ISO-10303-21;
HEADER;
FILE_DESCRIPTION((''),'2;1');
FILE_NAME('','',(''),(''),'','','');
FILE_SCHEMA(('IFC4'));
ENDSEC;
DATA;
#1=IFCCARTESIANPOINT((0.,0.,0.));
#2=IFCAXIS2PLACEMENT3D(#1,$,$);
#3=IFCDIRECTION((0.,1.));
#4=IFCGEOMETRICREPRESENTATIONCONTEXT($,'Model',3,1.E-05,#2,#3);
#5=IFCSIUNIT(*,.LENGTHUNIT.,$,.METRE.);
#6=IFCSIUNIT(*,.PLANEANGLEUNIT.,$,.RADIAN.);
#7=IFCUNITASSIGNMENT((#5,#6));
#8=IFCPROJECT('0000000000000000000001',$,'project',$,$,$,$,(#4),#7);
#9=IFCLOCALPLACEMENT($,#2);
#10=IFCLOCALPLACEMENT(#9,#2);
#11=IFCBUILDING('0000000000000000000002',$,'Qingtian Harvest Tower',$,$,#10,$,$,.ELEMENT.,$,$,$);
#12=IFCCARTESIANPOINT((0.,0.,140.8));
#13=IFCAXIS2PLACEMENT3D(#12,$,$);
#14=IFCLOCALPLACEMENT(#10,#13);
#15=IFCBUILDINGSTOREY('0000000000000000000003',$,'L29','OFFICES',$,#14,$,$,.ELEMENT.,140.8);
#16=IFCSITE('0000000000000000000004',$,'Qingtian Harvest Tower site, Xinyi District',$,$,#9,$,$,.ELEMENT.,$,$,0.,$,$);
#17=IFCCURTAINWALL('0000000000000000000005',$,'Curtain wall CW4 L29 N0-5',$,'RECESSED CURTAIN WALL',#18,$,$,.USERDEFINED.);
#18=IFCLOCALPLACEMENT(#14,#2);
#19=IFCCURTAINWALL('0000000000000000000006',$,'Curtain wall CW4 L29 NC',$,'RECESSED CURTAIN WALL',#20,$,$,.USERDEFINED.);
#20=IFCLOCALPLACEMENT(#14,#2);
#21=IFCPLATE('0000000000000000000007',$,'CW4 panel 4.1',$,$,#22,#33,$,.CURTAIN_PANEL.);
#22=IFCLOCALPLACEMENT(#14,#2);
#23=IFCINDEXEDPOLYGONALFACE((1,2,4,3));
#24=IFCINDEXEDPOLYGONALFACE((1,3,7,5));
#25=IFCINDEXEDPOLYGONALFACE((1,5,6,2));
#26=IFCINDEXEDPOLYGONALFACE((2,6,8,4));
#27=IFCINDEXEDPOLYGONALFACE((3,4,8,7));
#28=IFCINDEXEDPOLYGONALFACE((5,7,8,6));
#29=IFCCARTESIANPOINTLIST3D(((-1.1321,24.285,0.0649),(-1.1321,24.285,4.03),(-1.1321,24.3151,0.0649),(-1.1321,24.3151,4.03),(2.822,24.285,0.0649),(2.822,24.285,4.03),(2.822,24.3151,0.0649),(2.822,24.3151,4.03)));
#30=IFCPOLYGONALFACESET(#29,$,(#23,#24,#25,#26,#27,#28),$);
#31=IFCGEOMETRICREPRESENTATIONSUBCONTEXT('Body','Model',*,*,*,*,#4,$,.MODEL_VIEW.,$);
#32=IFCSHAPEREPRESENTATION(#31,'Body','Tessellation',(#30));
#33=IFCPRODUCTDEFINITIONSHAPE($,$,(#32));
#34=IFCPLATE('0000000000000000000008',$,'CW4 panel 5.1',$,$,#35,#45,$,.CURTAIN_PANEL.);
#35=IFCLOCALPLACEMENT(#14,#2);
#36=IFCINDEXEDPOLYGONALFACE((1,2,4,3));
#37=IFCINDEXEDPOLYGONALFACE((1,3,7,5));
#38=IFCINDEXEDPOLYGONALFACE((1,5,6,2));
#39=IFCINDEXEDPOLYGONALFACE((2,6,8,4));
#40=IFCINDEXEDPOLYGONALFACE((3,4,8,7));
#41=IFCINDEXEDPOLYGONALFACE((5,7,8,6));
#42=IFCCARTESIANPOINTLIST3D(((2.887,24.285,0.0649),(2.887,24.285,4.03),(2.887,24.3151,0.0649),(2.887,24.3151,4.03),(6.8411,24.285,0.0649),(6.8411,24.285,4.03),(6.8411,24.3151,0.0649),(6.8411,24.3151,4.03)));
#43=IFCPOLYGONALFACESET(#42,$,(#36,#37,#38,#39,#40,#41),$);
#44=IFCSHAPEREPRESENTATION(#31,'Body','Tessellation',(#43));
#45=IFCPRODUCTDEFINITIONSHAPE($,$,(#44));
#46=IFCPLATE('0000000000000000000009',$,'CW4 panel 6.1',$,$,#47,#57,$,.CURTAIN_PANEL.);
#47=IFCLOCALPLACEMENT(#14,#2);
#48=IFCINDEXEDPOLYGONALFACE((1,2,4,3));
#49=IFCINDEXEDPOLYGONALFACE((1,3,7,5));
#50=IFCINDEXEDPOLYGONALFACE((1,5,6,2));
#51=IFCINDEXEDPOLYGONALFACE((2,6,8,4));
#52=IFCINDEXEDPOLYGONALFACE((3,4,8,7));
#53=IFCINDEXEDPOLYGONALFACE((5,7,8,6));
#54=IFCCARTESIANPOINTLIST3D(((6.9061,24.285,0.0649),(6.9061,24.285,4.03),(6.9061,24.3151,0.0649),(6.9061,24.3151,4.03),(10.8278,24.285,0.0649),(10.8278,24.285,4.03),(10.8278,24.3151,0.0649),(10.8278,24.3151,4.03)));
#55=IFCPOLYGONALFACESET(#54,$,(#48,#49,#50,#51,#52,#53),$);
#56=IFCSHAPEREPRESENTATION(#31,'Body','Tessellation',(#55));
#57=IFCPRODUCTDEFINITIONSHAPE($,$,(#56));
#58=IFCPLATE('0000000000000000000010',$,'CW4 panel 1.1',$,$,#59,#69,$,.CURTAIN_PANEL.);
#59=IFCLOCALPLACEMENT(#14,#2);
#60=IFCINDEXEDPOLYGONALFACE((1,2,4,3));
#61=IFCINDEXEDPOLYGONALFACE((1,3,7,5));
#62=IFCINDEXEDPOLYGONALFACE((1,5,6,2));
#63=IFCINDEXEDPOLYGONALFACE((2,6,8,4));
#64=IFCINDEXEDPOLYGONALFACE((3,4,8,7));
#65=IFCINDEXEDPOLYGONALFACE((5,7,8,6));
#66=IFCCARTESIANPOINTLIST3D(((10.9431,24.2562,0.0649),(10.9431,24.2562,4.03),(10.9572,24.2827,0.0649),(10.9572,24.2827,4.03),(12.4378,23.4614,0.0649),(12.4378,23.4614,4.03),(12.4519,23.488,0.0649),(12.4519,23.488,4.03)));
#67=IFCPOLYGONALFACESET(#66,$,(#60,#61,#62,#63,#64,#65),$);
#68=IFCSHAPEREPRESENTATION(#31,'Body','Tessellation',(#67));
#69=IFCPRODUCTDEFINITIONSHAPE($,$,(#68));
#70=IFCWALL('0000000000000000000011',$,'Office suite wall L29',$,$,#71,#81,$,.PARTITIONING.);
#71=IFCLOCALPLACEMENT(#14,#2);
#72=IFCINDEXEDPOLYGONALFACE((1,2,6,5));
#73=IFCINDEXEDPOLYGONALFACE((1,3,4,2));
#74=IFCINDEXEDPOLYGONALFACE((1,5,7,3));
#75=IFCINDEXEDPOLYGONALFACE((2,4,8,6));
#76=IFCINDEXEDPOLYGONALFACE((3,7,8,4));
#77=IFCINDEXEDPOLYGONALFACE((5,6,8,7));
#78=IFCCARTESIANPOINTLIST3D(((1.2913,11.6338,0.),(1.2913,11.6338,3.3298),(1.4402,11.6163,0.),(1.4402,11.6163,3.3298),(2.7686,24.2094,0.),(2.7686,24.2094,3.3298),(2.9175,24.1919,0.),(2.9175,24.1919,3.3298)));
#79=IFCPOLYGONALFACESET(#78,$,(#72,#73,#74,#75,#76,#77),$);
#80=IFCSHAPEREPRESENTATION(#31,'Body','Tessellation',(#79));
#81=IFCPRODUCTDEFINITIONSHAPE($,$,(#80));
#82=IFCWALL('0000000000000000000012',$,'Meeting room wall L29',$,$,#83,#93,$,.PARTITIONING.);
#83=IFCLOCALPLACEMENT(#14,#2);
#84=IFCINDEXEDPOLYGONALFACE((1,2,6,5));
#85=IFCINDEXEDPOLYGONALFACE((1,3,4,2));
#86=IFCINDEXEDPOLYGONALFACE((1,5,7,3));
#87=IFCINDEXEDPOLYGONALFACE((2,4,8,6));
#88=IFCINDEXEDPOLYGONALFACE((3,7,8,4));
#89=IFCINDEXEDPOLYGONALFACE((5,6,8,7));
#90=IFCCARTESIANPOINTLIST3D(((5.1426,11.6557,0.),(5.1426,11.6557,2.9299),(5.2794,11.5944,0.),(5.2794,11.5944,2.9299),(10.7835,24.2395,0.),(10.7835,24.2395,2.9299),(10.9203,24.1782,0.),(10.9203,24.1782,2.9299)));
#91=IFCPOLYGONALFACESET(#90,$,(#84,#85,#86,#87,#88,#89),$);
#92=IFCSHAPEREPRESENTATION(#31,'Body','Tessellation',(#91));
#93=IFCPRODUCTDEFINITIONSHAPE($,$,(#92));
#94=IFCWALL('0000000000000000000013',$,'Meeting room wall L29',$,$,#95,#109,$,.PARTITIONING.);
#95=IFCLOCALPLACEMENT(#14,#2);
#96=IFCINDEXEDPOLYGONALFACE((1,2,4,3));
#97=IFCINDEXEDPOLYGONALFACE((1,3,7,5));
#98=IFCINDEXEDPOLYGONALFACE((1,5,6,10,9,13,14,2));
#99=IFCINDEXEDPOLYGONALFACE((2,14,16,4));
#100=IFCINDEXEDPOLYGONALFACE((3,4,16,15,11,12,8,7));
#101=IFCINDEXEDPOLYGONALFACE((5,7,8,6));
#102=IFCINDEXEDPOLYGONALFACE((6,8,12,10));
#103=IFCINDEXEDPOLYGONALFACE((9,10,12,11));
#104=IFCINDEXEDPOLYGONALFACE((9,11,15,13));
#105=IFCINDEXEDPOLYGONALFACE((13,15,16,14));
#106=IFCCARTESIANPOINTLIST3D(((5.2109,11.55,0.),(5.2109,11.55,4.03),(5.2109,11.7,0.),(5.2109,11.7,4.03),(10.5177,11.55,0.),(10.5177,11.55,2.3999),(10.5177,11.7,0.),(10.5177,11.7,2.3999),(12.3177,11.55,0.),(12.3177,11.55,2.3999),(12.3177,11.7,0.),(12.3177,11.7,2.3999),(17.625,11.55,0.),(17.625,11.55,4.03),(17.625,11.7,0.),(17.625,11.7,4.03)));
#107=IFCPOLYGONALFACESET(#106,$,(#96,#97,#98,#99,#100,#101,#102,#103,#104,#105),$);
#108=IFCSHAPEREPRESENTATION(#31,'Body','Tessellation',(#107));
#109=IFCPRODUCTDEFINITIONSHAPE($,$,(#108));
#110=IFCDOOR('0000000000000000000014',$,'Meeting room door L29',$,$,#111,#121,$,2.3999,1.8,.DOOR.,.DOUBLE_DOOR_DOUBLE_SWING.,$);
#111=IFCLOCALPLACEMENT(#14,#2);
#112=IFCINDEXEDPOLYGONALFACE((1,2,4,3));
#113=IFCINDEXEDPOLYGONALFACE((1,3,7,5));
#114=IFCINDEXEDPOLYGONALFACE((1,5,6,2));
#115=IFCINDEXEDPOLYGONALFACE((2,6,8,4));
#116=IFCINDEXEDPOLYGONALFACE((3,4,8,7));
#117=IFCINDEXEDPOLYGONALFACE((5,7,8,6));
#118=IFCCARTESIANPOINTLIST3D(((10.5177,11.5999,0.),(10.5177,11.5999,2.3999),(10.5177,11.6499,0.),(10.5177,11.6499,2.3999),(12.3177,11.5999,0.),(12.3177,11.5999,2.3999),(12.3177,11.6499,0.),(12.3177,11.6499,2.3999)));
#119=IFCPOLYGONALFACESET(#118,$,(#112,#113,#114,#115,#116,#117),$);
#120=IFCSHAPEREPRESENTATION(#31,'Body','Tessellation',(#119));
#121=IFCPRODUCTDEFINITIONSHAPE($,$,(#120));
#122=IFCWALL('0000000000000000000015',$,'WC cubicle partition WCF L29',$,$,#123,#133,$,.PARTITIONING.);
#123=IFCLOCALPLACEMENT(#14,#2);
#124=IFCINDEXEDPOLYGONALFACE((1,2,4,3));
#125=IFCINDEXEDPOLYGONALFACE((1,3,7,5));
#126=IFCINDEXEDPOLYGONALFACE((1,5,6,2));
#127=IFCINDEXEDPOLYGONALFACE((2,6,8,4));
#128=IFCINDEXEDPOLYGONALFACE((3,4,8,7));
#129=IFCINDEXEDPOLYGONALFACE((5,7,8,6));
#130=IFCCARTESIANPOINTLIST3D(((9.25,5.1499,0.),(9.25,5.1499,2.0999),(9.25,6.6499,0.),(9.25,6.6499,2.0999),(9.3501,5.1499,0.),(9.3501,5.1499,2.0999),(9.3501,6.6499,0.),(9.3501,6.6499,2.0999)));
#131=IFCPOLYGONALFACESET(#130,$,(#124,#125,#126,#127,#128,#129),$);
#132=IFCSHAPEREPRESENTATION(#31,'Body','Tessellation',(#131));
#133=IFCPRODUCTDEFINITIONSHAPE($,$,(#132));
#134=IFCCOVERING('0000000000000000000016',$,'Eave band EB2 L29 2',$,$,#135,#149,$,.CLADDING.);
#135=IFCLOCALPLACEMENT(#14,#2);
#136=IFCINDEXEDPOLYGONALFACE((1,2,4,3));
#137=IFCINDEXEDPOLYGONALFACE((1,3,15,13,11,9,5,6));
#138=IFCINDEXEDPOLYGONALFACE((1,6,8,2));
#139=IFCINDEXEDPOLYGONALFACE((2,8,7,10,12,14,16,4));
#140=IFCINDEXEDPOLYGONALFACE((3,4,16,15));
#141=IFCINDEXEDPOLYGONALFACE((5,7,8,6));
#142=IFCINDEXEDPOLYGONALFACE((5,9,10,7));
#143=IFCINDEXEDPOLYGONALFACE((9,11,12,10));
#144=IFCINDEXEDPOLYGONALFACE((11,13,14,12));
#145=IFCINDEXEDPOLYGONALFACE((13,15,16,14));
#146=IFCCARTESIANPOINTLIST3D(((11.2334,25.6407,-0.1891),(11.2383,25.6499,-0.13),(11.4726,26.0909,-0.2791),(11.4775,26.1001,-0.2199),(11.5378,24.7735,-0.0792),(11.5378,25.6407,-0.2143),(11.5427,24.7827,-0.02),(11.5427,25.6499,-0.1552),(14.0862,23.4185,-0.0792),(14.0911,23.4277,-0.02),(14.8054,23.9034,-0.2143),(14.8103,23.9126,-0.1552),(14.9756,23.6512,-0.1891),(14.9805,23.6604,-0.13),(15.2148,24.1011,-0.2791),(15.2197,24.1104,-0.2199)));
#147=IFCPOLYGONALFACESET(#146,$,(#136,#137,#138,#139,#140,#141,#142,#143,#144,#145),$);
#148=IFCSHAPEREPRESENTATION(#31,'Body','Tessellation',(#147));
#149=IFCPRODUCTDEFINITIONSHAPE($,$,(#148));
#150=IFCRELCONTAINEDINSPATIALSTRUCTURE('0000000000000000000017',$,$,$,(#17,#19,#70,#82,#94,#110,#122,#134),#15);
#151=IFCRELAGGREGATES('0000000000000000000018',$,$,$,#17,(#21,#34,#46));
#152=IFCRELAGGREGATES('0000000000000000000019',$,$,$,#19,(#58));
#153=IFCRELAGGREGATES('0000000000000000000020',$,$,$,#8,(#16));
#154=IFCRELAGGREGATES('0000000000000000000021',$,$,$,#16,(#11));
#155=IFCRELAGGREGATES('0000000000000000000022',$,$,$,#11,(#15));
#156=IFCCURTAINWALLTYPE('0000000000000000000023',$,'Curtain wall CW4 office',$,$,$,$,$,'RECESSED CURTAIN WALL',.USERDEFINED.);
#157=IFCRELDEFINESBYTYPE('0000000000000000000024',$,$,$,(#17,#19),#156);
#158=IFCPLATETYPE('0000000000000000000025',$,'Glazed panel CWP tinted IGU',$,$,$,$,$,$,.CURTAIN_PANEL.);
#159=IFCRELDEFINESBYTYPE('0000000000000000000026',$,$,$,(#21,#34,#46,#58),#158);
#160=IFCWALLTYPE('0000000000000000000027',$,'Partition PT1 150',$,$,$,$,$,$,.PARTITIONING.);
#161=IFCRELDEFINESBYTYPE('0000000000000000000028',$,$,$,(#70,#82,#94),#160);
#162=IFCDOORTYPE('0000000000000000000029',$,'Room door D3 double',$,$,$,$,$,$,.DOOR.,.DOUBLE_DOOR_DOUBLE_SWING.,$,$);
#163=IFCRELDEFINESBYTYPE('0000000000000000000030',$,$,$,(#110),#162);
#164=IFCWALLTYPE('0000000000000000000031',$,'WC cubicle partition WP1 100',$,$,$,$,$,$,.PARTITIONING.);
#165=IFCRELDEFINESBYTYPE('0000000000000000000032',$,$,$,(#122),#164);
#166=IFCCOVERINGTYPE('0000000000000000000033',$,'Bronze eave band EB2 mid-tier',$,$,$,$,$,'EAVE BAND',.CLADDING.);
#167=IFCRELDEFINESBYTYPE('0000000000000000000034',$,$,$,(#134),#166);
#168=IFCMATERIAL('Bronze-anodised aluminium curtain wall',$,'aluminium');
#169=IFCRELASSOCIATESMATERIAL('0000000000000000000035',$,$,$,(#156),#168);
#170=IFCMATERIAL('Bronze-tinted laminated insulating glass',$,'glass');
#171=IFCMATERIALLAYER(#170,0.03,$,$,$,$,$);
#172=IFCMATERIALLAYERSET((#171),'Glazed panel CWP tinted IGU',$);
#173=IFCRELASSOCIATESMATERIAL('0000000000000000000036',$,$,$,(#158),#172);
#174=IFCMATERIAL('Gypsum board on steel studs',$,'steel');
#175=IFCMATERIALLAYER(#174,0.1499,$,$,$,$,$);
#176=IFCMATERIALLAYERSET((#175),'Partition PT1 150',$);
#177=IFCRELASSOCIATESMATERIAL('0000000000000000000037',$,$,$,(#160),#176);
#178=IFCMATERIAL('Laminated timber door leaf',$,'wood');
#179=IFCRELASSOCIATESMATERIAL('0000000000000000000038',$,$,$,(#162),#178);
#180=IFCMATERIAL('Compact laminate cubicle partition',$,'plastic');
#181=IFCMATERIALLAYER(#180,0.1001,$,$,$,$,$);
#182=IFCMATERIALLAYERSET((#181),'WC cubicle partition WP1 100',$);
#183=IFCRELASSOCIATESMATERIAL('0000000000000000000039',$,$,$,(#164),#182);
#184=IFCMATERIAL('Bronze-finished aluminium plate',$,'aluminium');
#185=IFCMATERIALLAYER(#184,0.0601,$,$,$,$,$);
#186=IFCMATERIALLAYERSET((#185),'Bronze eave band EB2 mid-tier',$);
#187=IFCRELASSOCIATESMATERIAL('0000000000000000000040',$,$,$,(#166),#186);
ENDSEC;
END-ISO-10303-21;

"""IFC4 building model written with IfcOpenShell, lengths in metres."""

from ifc_helpers import new_model, si_unit, direction, frame, frame_2d, origin, origin_2d, place, context, subcontext, project, spatial, polyline, rectangle, outline, extrude, material, layer, layer_set, type_object, element, fill, aggregate, save


model = new_model("IFC4")

# Units and contexts
model_context = context("Model", 3, precision=1e-05, world=origin(), true_north=direction((0.0, 1.0)))
body_context = subcontext(model_context, "Body", "Model", "MODEL_VIEW")
ifc_project = project(units=[si_unit("LENGTHUNIT", "METRE"), si_unit("PLANEANGLEUNIT", "RADIAN")], contexts=[model_context])

# Site, building, storey
site_placement = place(None, origin())
site = spatial("IfcSite", under=ifc_project, at=site_placement, Name="Qingtian Harvest Tower site, Xinyi District", CompositionType="ELEMENT", RefElevation=0.0)
building_placement = place(site_placement, origin())
building = spatial("IfcBuilding", under=site, at=building_placement, Name="Qingtian Harvest Tower", CompositionType="ELEMENT")
storey_placement = place(building_placement, frame((0.0, 0.0, 140.8)))
storey = spatial("IfcBuildingStorey", under=building, at=storey_placement, Name="L29", Description="OFFICES", CompositionType="ELEMENT", Elevation=140.8)

# Curtain walls
ifc_material_1 = material(Name="Bronze-anodised aluminium curtain wall", Category="aluminium")
curtain_wall_type = type_object("IfcCurtainWallType", Name="Curtain wall CW4 office", ElementType="RECESSED CURTAIN WALL", PredefinedType="USERDEFINED", material=ifc_material_1)
curtain_wall_1_placement = place(storey_placement, origin())
curtain_wall_1 = element("IfcCurtainWall", 1, at=curtain_wall_1_placement, inside=storey, type_object=curtain_wall_type, Name="Curtain wall CW4 L29 N0-5", ObjectType="RECESSED CURTAIN WALL", PredefinedType="USERDEFINED")
curtain_wall_2_placement = place(storey_placement, origin())
curtain_wall_2 = element("IfcCurtainWall", 2, at=curtain_wall_2_placement, inside=storey, type_object=curtain_wall_type, Name="Curtain wall CW4 L29 NC", ObjectType="RECESSED CURTAIN WALL", PredefinedType="USERDEFINED")

# Plates
ifc_material_2 = material(Name="Bronze-tinted laminated insulating glass", Category="glass")
ifc_layer_1 = layer(ifc_material_2, 0.03)
ifc_layer_set_1 = layer_set([ifc_layer_1], Name="Glazed panel CWP tinted IGU")
plate_type = type_object("IfcPlateType", Name="Glazed panel CWP tinted IGU", PredefinedType="CURTAIN_PANEL", material=ifc_layer_set_1)
plate_1_placement = place(storey_placement, frame((0.845, 24.3, 0.0649), z_axis=(0.0, 0.0, 1.0), x_axis=(1.0, 0.0, 0.0)))
plate_1 = element("IfcPlate", 3, at=plate_1_placement, type_object=plate_type, Name="CW4 panel 4.1", PredefinedType="CURTAIN_PANEL", context=body_context, shape_type="SweptSolid", body=[
    extrude(rectangle(XDim=3.9541, YDim=0.03, at=origin_2d()), origin(), (0.0, 0.0, 1.0), 3.9651),
])
plate_2_placement = place(storey_placement, frame((4.864, 24.3, 0.0649), z_axis=(0.0, 0.0, 1.0), x_axis=(1.0, 0.0, 0.0)))
plate_2 = element("IfcPlate", 4, at=plate_2_placement, type_object=plate_type, Name="CW4 panel 5.1", PredefinedType="CURTAIN_PANEL", context=body_context, shape_type="SweptSolid", body=[
    extrude(rectangle(XDim=3.9541, YDim=0.03, at=origin_2d()), origin(), (0.0, 0.0, 1.0), 3.9651),
])
plate_3_placement = place(storey_placement, frame((8.8669, 24.3, 0.0649), z_axis=(0.0, 0.0, 1.0), x_axis=(1.0, 0.0, 0.0)))
plate_3 = element("IfcPlate", 5, at=plate_3_placement, type_object=plate_type, Name="CW4 panel 6.1", PredefinedType="CURTAIN_PANEL", context=body_context, shape_type="SweptSolid", body=[
    extrude(rectangle(XDim=3.9216, YDim=0.03, at=origin_2d()), origin(), (0.0, 0.0, 1.0), 3.9651),
])
aggregate(curtain_wall_1, [plate_1, plate_2, plate_3])
plate_4_placement = place(storey_placement, frame((11.6975, 23.8721, 0.0649), z_axis=(0.0, 0.0, 1.0), x_axis=(0.882948, -0.469472, 0.0)))
plate_4 = element("IfcPlate", 6, at=plate_4_placement, type_object=plate_type, Name="CW4 panel 1.1", PredefinedType="CURTAIN_PANEL", context=body_context, shape_type="SweptSolid", body=[
    extrude(rectangle(XDim=1.6929, YDim=0.03, at=origin_2d()), origin(), (0.0, 0.0, 1.0), 3.9651),
])
aggregate(curtain_wall_2, [plate_4])

# Wall
ifc_material_3 = material(Name="Gypsum board on steel studs", Category="steel")
ifc_layer_2 = layer(ifc_material_3, 0.1499)
ifc_layer_set_2 = layer_set([ifc_layer_2], Name="Partition PT1 150")
wall_type_1 = type_object("IfcWallType", Name="Partition PT1 150", PredefinedType="PARTITIONING", material=ifc_layer_set_2)
wall_1_placement = place(storey_placement, frame((2.843, 24.2007, 0.0), z_axis=(0.0, 0.0, 1.0), x_axis=(-0.11667, -0.993171, 0.0)))
element("IfcWall", 7, at=wall_1_placement, inside=storey, type_object=wall_type_1, Name="Office suite wall L29", PredefinedType="PARTITIONING", context=body_context, shape_type="SweptSolid", body=[
    extrude(rectangle(XDim=12.6621, YDim=0.1499, at=frame_2d((6.3311, 0.0))), origin(), (0.0, 0.0, 1.0), 3.3298),
])

# Wall
wall_2_placement = place(storey_placement, frame((10.8518, 24.2087, 0.0), z_axis=(0.0, 0.0, 1.0), x_axis=(-0.409049, -0.912513, 0.0)))
element("IfcWall", 8, at=wall_2_placement, inside=storey, type_object=wall_type_1, Name="Meeting room wall L29", PredefinedType="PARTITIONING", context=body_context, shape_type="SweptSolid", body=[
    extrude(rectangle(XDim=13.7903, YDim=0.1499, at=frame_2d((6.895, 0.0))), origin(), (0.0, 0.0, 1.0), 2.9299),
])

# Wall, opening, door
wall_3_placement = place(storey_placement, frame((5.2109, 11.625, 0.0), z_axis=(0.0, 0.0, 1.0), x_axis=(1.0, 0.0, 0.0)))
wall_3 = element("IfcWall", 9, at=wall_3_placement, inside=storey, type_object=wall_type_1, Name="Meeting room wall L29", PredefinedType="PARTITIONING", context=body_context, shape_type="SweptSolid", body=[
    extrude(rectangle(XDim=12.4141, YDim=0.1499, at=frame_2d((6.207, 0.0))), origin(), (0.0, 0.0, 1.0), 4.03),
])
opening_1_placement = place(wall_3_placement, frame((5.3069, 0.0, 0.0)))
opening_1 = element("IfcOpeningElement", 10, at=opening_1_placement, cuts=wall_3, PredefinedType="OPENING", context=body_context, shape_type="SweptSolid", body=[
    extrude(rectangle(XDim=1.8, YDim=2.3999, at=frame_2d((0.8999, 1.2))), frame((0.0, 0.085, 0.0), z_axis=(0.0, -1.0, 0.0), x_axis=(1.0, 0.0, 0.0)), (0.0, 0.0, 1.0), 0.1699),
])
ifc_material_4 = material(Name="Laminated timber door leaf", Category="wood")
door_type_1 = type_object("IfcDoorType", Name="Room door D3 double", OperationType="DOUBLE_DOOR_DOUBLE_SWING", PredefinedType="DOOR", material=ifc_material_4)
door_1_placement = place(opening_1_placement, origin())
door_1 = element("IfcDoor", 11, at=door_1_placement, inside=storey, type_object=door_type_1, Name="Meeting room door L29", OperationType="DOUBLE_DOOR_DOUBLE_SWING", OverallHeight=2.3999, OverallWidth=1.8, PredefinedType="DOOR", context=body_context, shape_type="SweptSolid", body=[
    extrude(rectangle(XDim=1.8, YDim=2.3999, at=frame_2d((0.8999, 1.2))), frame((0.0, 0.0249, 0.0), z_axis=(0.0, -1.0, 0.0), x_axis=(1.0, 0.0, 0.0)), (0.0, 0.0, 1.0), 0.05),
])
fill(opening_1, door_1)

# Wall
ifc_material_5 = material(Name="Compact laminate cubicle partition", Category="plastic")
ifc_layer_3 = layer(ifc_material_5, 0.1001)
ifc_layer_set_3 = layer_set([ifc_layer_3], Name="WC cubicle partition WP1 100")
wall_type_2 = type_object("IfcWallType", Name="WC cubicle partition WP1 100", PredefinedType="PARTITIONING", material=ifc_layer_set_3)
wall_4_placement = place(storey_placement, frame((9.3, 5.1499, 0.0), z_axis=(0.0, 0.0, 1.0), x_axis=(0.0, 1.0, 0.0)))
element("IfcWall", 12, at=wall_4_placement, inside=storey, type_object=wall_type_2, Name="WC cubicle partition WCF L29", PredefinedType="PARTITIONING", context=body_context, shape_type="SweptSolid", body=[
    extrude(rectangle(XDim=1.5, YDim=0.1001, at=frame_2d((0.75, 0.0))), origin(), (0.0, 0.0, 1.0), 2.0999),
])

# Covering
ifc_material_6 = material(Name="Bronze-finished aluminium plate", Category="aluminium")
ifc_layer_4 = layer(ifc_material_6, 0.0601)
ifc_layer_set_4 = layer_set([ifc_layer_4], Name="Bronze eave band EB2 mid-tier")
covering_type = type_object("IfcCoveringType", Name="Bronze eave band EB2 mid-tier", ElementType="EAVE BAND", PredefinedType="CLADDING", material=ifc_layer_set_4)
covering_placement = place(storey_placement, frame((11.5427, 24.7827, -0.02), z_axis=(0.081608, 0.153489, 0.984775), x_axis=(0.000008, 0.98807, -0.154004)))
element("IfcCovering", 13, at=covering_placement, inside=storey, type_object=covering_type, Name="Eave band EB2 L29 2", PredefinedType="CLADDING", context=body_context, shape_type="SweptSolid", body=[
    extrude(outline(polyline([(0.0, 0.0), (0.8777, 0.0), (0.8738, 0.3055), (1.3325, 0.0654), (-0.6335, -3.6893), (-1.0919, -3.4493), (-0.8389, -3.2785), (-1.3388, -2.5569), (0.0, 0.0)])), origin(), (0.0, 0.0, -1.0), 0.0601),
])

save(model, "model.ifc")
